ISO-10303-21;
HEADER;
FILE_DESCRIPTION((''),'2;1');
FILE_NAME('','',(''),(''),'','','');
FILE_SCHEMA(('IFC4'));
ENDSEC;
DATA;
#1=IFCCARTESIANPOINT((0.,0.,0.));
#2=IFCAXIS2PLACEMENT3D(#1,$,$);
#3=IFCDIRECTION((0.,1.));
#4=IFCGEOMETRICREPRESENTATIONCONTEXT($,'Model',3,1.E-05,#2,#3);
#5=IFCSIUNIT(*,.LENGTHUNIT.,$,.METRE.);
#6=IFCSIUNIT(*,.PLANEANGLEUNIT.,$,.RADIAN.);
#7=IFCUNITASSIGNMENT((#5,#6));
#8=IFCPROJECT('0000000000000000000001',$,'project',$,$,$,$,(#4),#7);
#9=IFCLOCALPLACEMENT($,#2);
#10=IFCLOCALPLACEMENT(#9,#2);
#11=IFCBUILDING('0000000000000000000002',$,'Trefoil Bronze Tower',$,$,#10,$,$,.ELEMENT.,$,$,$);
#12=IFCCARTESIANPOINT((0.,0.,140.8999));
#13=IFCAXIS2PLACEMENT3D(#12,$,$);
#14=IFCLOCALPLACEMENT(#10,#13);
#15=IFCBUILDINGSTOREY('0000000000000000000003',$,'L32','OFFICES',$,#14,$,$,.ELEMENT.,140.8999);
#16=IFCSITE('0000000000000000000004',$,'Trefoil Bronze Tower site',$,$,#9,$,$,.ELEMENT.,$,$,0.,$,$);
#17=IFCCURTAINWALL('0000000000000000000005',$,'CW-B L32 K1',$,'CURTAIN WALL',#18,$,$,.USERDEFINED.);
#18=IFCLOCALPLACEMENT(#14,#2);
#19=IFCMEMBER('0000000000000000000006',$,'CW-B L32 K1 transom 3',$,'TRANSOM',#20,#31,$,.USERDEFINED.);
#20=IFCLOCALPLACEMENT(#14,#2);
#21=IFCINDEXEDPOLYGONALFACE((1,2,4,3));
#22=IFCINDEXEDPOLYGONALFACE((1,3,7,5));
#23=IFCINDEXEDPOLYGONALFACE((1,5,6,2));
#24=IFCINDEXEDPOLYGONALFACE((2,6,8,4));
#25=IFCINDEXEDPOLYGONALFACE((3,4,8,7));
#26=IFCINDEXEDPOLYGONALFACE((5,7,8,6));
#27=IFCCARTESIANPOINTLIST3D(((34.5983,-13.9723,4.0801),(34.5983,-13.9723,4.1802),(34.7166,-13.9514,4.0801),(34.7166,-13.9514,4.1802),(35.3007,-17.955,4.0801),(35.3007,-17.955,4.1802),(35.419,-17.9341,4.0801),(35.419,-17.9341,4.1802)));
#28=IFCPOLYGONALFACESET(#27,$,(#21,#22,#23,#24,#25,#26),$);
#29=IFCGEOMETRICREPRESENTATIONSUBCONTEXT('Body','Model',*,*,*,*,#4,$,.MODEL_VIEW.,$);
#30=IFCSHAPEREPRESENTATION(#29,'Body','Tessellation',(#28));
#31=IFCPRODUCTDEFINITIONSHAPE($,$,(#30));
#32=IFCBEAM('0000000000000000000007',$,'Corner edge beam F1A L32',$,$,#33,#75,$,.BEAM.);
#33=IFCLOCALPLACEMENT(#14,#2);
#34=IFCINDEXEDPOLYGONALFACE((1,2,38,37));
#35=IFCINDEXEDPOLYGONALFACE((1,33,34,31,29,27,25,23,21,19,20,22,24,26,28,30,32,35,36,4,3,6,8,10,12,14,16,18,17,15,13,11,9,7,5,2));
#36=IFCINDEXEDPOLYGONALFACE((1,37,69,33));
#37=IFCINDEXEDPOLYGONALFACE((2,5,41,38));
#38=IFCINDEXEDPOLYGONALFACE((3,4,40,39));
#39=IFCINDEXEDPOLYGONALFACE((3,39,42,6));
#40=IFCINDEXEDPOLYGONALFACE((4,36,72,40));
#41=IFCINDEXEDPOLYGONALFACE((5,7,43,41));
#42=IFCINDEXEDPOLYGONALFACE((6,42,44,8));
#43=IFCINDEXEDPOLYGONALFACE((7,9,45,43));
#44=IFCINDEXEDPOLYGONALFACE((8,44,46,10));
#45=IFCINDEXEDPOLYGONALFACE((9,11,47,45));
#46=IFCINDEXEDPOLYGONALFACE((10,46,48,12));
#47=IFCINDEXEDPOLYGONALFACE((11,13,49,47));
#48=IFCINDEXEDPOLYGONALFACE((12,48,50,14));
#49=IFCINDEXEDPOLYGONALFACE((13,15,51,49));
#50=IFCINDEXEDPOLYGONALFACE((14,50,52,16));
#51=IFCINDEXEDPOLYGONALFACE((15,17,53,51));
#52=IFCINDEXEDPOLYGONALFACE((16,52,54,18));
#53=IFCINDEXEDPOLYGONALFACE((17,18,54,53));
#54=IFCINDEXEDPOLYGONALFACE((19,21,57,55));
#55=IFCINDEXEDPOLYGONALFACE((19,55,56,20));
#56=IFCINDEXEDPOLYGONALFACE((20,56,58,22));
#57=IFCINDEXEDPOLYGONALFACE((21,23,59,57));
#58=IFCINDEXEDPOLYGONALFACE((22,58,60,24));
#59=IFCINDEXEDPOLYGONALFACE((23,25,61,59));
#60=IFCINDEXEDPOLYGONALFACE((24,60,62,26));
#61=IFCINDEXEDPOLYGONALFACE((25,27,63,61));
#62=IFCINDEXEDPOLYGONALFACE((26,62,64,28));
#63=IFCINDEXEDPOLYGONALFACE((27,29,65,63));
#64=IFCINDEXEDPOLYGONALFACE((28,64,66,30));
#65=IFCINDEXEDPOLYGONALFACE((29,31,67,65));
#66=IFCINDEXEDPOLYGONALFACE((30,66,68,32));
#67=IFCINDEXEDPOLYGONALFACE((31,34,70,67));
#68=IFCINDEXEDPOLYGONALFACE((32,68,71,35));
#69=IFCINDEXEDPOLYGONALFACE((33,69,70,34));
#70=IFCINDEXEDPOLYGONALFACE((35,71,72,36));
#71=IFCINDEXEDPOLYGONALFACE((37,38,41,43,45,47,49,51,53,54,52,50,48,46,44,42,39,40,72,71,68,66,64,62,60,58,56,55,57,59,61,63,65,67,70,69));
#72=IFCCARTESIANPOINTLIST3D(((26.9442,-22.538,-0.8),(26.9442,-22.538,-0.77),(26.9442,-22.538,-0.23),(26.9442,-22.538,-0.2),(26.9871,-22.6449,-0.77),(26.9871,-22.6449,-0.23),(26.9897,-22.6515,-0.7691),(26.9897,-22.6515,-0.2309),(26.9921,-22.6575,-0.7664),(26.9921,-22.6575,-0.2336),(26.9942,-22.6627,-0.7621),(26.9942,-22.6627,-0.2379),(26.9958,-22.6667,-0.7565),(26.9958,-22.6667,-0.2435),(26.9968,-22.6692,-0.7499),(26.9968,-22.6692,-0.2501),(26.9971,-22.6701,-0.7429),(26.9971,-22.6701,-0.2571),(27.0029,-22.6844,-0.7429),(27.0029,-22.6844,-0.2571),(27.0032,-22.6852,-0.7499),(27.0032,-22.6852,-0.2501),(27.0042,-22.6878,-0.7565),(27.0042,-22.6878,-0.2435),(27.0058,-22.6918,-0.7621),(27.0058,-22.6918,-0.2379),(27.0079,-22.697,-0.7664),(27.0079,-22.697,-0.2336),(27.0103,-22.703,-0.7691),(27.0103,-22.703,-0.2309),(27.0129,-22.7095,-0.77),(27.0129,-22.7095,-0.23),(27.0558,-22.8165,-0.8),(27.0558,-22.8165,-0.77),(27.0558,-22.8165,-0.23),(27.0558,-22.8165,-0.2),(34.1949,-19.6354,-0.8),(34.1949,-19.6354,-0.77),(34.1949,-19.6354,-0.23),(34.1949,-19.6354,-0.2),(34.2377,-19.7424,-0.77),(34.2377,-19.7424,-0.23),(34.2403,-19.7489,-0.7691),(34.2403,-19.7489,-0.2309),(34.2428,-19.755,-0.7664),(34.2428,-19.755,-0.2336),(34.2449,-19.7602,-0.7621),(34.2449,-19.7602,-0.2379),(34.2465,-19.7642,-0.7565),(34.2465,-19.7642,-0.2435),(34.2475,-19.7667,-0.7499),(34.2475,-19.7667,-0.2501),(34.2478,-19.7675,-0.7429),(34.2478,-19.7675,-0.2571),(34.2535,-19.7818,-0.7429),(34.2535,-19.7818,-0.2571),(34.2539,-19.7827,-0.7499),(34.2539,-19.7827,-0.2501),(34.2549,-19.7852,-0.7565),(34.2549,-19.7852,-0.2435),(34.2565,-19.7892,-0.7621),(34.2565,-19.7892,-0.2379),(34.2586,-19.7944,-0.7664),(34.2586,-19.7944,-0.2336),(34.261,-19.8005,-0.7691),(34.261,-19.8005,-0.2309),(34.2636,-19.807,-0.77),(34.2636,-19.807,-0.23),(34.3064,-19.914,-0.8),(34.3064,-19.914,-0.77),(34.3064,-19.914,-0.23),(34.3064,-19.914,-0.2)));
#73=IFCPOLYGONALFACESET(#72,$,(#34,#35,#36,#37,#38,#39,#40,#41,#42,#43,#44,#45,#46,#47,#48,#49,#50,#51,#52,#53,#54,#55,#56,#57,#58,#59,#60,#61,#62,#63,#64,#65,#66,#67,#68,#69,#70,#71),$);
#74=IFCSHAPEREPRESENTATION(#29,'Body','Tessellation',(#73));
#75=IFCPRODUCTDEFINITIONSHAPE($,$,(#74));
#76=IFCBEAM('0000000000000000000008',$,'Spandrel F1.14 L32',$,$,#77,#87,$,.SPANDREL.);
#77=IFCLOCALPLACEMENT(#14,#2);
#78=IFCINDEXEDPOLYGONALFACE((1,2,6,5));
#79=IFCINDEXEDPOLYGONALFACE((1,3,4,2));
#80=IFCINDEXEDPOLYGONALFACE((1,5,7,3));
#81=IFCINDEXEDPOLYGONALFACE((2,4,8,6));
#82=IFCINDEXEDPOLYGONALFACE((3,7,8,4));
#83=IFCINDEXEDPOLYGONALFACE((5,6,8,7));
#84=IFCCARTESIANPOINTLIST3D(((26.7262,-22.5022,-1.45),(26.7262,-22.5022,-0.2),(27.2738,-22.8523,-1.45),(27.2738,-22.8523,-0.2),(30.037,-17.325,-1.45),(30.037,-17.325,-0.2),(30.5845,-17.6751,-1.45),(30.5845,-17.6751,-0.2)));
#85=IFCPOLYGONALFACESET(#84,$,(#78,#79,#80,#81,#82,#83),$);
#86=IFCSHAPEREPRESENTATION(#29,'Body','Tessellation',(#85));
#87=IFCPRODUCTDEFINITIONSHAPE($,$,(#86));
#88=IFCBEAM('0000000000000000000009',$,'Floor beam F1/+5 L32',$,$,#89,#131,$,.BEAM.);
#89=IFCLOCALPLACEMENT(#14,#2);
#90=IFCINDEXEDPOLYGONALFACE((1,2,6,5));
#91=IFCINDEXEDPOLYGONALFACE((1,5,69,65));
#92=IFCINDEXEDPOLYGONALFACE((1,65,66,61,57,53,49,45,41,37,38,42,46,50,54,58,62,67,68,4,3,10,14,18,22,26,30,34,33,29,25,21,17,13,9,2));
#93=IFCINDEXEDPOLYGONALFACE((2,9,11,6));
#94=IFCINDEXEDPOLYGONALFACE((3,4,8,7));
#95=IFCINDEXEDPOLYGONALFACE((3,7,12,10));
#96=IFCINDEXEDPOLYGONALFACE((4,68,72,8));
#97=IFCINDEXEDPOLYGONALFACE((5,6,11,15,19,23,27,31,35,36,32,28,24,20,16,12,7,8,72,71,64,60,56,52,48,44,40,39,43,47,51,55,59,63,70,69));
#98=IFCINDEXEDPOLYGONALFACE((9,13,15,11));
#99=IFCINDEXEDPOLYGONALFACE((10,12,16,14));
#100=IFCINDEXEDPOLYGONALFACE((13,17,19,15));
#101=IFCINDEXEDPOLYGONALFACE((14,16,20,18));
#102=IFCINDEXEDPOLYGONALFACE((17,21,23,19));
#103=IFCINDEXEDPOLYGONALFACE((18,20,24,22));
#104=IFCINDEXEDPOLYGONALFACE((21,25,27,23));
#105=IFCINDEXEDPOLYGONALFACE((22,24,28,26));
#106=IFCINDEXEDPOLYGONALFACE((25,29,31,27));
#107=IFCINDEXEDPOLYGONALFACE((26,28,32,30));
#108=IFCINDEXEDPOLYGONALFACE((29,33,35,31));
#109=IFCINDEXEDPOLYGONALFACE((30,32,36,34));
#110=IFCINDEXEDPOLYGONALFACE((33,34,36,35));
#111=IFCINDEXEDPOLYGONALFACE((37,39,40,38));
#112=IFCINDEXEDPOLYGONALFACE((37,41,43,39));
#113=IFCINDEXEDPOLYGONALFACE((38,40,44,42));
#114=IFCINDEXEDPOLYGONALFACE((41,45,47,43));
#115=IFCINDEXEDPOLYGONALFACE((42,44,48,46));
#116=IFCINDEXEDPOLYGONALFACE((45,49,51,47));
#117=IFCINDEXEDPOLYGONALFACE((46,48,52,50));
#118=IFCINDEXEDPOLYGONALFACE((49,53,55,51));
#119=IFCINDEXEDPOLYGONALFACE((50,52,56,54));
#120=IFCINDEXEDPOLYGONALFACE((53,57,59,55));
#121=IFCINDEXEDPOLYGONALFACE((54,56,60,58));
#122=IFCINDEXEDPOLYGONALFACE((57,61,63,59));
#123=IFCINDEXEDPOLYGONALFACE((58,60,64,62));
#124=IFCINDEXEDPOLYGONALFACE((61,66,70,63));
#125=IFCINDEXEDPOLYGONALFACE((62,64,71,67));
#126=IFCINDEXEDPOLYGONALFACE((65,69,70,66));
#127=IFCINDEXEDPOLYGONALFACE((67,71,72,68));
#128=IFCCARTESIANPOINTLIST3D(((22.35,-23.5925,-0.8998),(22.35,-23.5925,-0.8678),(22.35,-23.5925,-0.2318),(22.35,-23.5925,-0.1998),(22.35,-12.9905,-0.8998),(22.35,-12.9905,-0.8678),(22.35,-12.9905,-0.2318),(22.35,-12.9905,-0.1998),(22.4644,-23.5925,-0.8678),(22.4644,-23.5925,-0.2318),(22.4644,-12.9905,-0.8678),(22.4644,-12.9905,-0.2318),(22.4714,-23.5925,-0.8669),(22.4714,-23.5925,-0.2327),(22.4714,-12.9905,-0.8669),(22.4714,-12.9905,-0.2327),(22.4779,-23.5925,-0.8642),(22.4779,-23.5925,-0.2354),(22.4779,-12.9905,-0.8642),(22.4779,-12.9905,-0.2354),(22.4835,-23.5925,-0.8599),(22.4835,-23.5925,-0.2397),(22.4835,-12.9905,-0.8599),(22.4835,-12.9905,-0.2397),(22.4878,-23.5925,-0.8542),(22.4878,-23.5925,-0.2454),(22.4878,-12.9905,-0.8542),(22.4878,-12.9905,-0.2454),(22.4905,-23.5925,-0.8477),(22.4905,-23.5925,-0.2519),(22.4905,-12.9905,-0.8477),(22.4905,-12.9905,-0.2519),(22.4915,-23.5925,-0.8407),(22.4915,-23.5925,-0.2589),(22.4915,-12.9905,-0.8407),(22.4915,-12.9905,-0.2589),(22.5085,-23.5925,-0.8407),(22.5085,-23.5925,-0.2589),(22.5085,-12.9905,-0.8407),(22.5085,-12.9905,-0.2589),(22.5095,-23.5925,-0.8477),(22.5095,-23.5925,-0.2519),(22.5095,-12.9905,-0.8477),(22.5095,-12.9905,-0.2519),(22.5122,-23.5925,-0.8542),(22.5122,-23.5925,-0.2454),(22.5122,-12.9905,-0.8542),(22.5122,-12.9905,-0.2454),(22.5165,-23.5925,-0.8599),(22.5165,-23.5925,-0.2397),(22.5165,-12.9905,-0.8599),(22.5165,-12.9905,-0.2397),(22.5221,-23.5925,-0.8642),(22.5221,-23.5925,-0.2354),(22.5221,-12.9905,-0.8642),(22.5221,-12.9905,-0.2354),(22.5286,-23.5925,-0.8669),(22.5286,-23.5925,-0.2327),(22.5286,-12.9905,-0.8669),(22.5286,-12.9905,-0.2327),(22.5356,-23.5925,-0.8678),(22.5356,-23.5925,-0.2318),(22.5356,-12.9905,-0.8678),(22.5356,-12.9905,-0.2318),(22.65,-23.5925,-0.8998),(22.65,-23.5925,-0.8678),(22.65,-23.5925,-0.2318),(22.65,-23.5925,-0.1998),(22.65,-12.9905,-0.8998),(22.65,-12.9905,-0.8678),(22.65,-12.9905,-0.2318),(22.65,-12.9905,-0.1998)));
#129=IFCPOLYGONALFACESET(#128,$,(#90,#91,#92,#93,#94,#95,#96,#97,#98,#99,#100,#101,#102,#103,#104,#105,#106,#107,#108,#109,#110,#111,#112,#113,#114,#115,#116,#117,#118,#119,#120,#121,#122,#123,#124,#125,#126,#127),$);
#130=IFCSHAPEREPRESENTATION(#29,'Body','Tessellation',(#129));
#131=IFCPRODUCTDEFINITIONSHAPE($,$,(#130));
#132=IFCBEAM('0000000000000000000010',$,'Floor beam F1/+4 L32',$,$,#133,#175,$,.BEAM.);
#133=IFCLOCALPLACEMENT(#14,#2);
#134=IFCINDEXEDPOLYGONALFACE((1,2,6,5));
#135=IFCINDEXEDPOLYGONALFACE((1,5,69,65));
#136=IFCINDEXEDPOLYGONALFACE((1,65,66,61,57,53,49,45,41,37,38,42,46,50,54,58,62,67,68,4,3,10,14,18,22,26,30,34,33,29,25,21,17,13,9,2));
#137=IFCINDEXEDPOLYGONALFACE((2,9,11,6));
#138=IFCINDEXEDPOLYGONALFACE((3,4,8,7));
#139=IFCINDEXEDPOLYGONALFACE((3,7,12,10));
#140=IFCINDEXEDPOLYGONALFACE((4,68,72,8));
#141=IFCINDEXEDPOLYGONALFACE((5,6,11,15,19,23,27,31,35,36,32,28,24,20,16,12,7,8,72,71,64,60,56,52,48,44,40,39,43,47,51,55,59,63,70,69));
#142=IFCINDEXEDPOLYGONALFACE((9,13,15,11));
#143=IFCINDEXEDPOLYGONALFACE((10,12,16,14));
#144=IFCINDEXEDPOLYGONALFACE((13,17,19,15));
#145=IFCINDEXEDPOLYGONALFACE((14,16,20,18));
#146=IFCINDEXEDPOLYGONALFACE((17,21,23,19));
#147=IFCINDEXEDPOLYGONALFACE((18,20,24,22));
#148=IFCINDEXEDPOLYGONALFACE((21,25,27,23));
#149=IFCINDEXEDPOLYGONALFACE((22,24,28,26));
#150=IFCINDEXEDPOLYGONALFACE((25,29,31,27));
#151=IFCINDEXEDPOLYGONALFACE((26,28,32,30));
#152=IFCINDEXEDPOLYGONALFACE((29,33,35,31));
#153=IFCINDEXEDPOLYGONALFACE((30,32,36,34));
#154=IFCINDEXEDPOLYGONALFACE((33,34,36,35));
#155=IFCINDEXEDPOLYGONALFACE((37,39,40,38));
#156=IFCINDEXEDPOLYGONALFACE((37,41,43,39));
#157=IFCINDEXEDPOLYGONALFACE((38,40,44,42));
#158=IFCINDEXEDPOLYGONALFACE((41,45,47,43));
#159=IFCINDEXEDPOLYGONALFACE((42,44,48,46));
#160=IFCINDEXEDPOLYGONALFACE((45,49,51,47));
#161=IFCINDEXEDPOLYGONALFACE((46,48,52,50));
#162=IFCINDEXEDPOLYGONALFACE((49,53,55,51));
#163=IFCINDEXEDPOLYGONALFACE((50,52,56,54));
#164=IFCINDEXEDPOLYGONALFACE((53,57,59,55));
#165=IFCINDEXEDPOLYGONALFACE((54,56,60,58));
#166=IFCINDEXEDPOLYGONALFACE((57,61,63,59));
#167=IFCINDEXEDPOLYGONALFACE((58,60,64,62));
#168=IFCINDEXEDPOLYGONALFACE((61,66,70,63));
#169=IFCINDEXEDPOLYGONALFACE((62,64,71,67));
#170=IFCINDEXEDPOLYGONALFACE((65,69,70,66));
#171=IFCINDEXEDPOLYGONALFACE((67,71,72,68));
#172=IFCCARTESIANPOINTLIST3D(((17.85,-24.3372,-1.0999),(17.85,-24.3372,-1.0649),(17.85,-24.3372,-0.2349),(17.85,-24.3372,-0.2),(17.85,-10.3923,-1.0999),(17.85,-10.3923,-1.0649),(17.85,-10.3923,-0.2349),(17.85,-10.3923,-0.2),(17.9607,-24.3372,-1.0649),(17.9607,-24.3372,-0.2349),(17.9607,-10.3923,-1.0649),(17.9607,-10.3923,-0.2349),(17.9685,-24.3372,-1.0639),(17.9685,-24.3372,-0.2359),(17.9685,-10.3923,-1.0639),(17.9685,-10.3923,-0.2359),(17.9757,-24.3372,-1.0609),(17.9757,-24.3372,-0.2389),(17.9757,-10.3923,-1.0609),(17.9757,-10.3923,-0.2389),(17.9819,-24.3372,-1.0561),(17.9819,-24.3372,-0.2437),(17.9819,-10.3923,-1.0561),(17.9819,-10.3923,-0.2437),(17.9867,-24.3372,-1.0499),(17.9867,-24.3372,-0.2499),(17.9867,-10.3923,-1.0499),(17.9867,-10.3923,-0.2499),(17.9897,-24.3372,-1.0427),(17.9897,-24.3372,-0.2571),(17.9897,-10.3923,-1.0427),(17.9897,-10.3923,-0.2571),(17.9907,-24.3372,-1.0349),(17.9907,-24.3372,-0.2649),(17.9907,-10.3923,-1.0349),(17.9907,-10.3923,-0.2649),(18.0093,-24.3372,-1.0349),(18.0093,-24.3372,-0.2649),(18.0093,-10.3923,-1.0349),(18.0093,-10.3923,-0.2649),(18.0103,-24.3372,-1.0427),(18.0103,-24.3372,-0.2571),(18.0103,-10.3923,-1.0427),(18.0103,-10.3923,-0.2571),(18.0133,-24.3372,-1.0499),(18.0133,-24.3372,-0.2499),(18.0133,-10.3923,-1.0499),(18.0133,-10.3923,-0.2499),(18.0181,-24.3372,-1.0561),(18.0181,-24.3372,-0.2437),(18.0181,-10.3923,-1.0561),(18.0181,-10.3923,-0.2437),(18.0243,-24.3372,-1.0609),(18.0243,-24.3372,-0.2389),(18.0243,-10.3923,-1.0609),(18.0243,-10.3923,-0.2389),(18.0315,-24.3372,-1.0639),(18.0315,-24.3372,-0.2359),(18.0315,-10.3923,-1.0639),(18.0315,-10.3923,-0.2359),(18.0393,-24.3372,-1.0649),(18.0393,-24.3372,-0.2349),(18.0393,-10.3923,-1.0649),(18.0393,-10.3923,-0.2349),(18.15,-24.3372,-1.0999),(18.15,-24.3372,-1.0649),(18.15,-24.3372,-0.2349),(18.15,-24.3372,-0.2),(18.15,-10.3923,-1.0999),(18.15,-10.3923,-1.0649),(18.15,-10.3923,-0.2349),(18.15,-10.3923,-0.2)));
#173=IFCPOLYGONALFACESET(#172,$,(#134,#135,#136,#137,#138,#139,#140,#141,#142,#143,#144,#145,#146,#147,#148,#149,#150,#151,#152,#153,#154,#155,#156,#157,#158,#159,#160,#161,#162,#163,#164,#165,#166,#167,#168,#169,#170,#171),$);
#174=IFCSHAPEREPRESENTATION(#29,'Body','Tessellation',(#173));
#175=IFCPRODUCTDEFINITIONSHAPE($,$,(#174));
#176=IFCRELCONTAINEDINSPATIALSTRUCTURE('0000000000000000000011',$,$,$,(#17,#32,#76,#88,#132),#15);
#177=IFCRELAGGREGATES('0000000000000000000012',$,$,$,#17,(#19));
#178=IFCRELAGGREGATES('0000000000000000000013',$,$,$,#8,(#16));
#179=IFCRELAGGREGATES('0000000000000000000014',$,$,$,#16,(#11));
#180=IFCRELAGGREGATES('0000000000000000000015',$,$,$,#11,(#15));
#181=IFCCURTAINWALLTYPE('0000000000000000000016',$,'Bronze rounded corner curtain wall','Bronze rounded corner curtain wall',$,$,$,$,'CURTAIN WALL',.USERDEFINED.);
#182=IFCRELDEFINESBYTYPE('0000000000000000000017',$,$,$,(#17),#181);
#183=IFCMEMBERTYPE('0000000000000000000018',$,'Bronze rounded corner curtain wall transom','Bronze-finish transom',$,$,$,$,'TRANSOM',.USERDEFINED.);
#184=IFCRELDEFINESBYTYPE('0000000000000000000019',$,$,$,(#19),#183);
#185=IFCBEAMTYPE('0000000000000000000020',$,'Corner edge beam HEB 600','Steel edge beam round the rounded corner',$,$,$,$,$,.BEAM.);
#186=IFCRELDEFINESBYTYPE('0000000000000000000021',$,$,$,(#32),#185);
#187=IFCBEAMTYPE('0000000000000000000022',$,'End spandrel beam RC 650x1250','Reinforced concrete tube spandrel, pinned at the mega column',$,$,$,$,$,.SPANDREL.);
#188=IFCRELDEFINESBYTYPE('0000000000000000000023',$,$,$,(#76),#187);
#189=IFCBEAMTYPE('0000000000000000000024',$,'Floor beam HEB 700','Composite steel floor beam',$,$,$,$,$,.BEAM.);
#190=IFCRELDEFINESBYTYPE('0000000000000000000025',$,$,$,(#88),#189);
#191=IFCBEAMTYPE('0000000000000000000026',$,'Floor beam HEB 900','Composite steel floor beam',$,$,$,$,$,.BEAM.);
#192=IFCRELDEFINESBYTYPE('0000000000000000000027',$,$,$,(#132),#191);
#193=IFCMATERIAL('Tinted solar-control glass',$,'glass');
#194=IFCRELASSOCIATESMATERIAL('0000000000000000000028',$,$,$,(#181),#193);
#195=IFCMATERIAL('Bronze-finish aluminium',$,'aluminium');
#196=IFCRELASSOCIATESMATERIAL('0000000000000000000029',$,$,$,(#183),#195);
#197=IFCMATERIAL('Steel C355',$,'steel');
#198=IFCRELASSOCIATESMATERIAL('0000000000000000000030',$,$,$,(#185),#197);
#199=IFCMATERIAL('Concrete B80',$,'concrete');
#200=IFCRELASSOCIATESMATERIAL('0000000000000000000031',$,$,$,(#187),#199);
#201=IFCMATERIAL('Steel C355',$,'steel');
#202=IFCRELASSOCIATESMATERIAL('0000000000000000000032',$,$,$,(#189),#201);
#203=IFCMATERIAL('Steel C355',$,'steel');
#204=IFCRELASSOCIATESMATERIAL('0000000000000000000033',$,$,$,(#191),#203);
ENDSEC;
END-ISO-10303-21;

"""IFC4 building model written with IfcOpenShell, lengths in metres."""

from ifc_helpers import new_model, si_unit, direction, frame, origin, origin_2d, place, context, subcontext, project, spatial, rectangle, i_section, extrude, material, material_profile, profile_set, type_object, element, aggregate, save


model = new_model("IFC4")

# Units and contexts
model_context = context("Model", 3, precision=1e-05, world=origin(), true_north=direction((0.0, 1.0)))
body_context = subcontext(model_context, "Body", "Model", "MODEL_VIEW")
ifc_project = project(units=[si_unit("LENGTHUNIT", "METRE"), si_unit("PLANEANGLEUNIT", "RADIAN")], contexts=[model_context])

# Site, building, storey
site_placement = place(None, origin())
site = spatial("IfcSite", under=ifc_project, at=site_placement, Name="Trefoil Bronze Tower site", CompositionType="ELEMENT", RefElevation=0.0)
building_placement = place(site_placement, origin())
building = spatial("IfcBuilding", under=site, at=building_placement, Name="Trefoil Bronze Tower", CompositionType="ELEMENT")
storey_placement = place(building_placement, frame((0.0, 0.0, 140.8999)))
storey = spatial("IfcBuildingStorey", under=building, at=storey_placement, Name="L32", Description="OFFICES", CompositionType="ELEMENT", Elevation=140.8999)

# Curtain wall, member
ifc_material_1 = material(Name="Tinted solar-control glass", Category="glass")
curtain_wall_type_1 = type_object("IfcCurtainWallType", Name="Bronze rounded corner curtain wall", Description="Bronze rounded corner curtain wall", ElementType="CURTAIN WALL", PredefinedType="USERDEFINED", material=ifc_material_1)
curtain_wall_1_placement = place(storey_placement, origin())
curtain_wall_1 = element("IfcCurtainWall", 1, at=curtain_wall_1_placement, inside=storey, type_object=curtain_wall_type_1, Name="CW-B L32 K1", ObjectType="CURTAIN WALL", PredefinedType="USERDEFINED")
ifc_material_2 = material(Name="Bronze-finish aluminium", Category="aluminium")
ifc_material_profile_1 = material_profile(ifc_material_2, rectangle(XDim=0.1201, YDim=0.1001, at=origin_2d()), Name="CW-B transom")
ifc_profile_set_1 = profile_set([ifc_material_profile_1], Name="Bronze-finish aluminium")
member_type_1 = type_object("IfcMemberType", Name="Bronze rounded corner curtain wall transom", Description="Bronze-finish transom", ElementType="TRANSOM", PredefinedType="USERDEFINED", material=ifc_profile_set_1)
member_1_placement = place(storey_placement, frame((35.3599, -17.9446, 4.1301), z_axis=(-0.173682, 0.984802, 0.0), x_axis=(-0.984802, -0.173682, 0.0)))
member_1 = element("IfcMember", 2, at=member_1_placement, type_object=member_type_1, Name="CW-B L32 K1 transom 3", ObjectType="TRANSOM", PredefinedType="USERDEFINED", context=body_context, shape_type="SweptSolid", body=[
    extrude(rectangle(XDim=0.1201, YDim=0.1001, at=origin_2d()), origin(), (0.0, 0.0, 1.0), 4.0442),
])

# Beams
ifc_material_3 = material(Name="Steel C355", Category="steel")
ifc_material_profile_2 = material_profile(ifc_material_3, i_section(OverallWidth=0.3, OverallDepth=0.6001, WebThickness=0.0154, FlangeThickness=0.03, FilletRadius=0.0271, at=origin_2d()), Name="HEB 600")
ifc_profile_set_2 = profile_set([ifc_material_profile_2], Name="Steel C355")
beam_type_1 = type_object("IfcBeamType", Name="Corner edge beam HEB 600", Description="Steel edge beam round the rounded corner", PredefinedType="BEAM", material=ifc_profile_set_2)
beam_1_placement = place(storey_placement, frame((27.0, -22.6772, -0.5), z_axis=(0.928375, 0.371644, 0.0), x_axis=(-0.371644, 0.928375, 0.0)))
element("IfcBeam", 3, at=beam_1_placement, inside=storey, type_object=beam_type_1, Name="Corner edge beam F1A L32", PredefinedType="BEAM", context=body_context, shape_type="SweptSolid", body=[
    extrude(i_section(OverallWidth=0.3, OverallDepth=0.6001, WebThickness=0.0154, FlangeThickness=0.03, FilletRadius=0.0271, at=origin_2d()), origin(), (0.0, 0.0, 1.0), 7.8101),
])
ifc_material_4 = material(Name="Concrete B80", Category="concrete")
ifc_material_profile_3 = material_profile(ifc_material_4, rectangle(XDim=0.6499, YDim=1.25, at=origin_2d()), Name="RC 650x1250")
ifc_profile_set_3 = profile_set([ifc_material_profile_3], Name="Concrete B80")
beam_type_2 = type_object("IfcBeamType", Name="End spandrel beam RC 650x1250", Description="Reinforced concrete tube spandrel, pinned at the mega column", PredefinedType="SPANDREL", material=ifc_profile_set_3)
beam_2_placement = place(storey_placement, frame((27.0, -22.6772, -0.825), z_axis=(0.538748, 0.842467, 0.0), x_axis=(-0.842467, 0.538748, 0.0)))
element("IfcBeam", 4, at=beam_2_placement, inside=storey, type_object=beam_type_2, Name="Spandrel F1.14 L32", PredefinedType="SPANDREL", context=body_context, shape_type="SweptSolid", body=[
    extrude(rectangle(XDim=0.6499, YDim=1.25, at=origin_2d()), origin(), (0.0, 0.0, 1.0), 6.1453),
])
ifc_material_5 = material(Name="Steel C355", Category="steel")
ifc_material_profile_4 = material_profile(ifc_material_5, i_section(OverallWidth=0.3, OverallDepth=0.7, WebThickness=0.0171, FlangeThickness=0.032, FilletRadius=0.0271, at=origin_2d()), Name="HEB 700")
ifc_profile_set_4 = profile_set([ifc_material_profile_4], Name="Steel C355")
beam_type_3 = type_object("IfcBeamType", Name="Floor beam HEB 700", Description="Composite steel floor beam", PredefinedType="BEAM", material=ifc_profile_set_4)
beam_3_placement = place(storey_placement, frame((22.5, -23.5925, -0.5498), z_axis=(0.0, 1.0, 0.0), x_axis=(-1.0, 0.0, 0.0)))
element("IfcBeam", 5, at=beam_3_placement, inside=storey, type_object=beam_type_3, Name="Floor beam F1/+5 L32", PredefinedType="BEAM", context=body_context, shape_type="SweptSolid", body=[
    extrude(i_section(OverallWidth=0.3, OverallDepth=0.7, WebThickness=0.0171, FlangeThickness=0.032, FilletRadius=0.0271, at=origin_2d()), origin(), (0.0, 0.0, 1.0), 10.6021),
])
ifc_material_6 = material(Name="Steel C355", Category="steel")
ifc_material_profile_5 = material_profile(ifc_material_6, i_section(OverallWidth=0.3, OverallDepth=0.8999, WebThickness=0.0186, FlangeThickness=0.0349, FilletRadius=0.03, at=origin_2d()), Name="HEB 900")
ifc_profile_set_5 = profile_set([ifc_material_profile_5], Name="Steel C355")
beam_type_4 = type_object("IfcBeamType", Name="Floor beam HEB 900", Description="Composite steel floor beam", PredefinedType="BEAM", material=ifc_profile_set_5)
beam_4_placement = place(storey_placement, frame((18.0, -24.3372, -0.6499), z_axis=(0.0, 1.0, 0.0), x_axis=(-1.0, 0.0, 0.0)))
element("IfcBeam", 6, at=beam_4_placement, inside=storey, type_object=beam_type_4, Name="Floor beam F1/+4 L32", PredefinedType="BEAM", context=body_context, shape_type="SweptSolid", body=[
    extrude(i_section(OverallWidth=0.3, OverallDepth=0.8999, WebThickness=0.0186, FlangeThickness=0.0349, FilletRadius=0.03, at=origin_2d()), origin(), (0.0, 0.0, 1.0), 13.9448),
])

aggregate(curtain_wall_1, [member_1])

save(model, "model.ifc")
